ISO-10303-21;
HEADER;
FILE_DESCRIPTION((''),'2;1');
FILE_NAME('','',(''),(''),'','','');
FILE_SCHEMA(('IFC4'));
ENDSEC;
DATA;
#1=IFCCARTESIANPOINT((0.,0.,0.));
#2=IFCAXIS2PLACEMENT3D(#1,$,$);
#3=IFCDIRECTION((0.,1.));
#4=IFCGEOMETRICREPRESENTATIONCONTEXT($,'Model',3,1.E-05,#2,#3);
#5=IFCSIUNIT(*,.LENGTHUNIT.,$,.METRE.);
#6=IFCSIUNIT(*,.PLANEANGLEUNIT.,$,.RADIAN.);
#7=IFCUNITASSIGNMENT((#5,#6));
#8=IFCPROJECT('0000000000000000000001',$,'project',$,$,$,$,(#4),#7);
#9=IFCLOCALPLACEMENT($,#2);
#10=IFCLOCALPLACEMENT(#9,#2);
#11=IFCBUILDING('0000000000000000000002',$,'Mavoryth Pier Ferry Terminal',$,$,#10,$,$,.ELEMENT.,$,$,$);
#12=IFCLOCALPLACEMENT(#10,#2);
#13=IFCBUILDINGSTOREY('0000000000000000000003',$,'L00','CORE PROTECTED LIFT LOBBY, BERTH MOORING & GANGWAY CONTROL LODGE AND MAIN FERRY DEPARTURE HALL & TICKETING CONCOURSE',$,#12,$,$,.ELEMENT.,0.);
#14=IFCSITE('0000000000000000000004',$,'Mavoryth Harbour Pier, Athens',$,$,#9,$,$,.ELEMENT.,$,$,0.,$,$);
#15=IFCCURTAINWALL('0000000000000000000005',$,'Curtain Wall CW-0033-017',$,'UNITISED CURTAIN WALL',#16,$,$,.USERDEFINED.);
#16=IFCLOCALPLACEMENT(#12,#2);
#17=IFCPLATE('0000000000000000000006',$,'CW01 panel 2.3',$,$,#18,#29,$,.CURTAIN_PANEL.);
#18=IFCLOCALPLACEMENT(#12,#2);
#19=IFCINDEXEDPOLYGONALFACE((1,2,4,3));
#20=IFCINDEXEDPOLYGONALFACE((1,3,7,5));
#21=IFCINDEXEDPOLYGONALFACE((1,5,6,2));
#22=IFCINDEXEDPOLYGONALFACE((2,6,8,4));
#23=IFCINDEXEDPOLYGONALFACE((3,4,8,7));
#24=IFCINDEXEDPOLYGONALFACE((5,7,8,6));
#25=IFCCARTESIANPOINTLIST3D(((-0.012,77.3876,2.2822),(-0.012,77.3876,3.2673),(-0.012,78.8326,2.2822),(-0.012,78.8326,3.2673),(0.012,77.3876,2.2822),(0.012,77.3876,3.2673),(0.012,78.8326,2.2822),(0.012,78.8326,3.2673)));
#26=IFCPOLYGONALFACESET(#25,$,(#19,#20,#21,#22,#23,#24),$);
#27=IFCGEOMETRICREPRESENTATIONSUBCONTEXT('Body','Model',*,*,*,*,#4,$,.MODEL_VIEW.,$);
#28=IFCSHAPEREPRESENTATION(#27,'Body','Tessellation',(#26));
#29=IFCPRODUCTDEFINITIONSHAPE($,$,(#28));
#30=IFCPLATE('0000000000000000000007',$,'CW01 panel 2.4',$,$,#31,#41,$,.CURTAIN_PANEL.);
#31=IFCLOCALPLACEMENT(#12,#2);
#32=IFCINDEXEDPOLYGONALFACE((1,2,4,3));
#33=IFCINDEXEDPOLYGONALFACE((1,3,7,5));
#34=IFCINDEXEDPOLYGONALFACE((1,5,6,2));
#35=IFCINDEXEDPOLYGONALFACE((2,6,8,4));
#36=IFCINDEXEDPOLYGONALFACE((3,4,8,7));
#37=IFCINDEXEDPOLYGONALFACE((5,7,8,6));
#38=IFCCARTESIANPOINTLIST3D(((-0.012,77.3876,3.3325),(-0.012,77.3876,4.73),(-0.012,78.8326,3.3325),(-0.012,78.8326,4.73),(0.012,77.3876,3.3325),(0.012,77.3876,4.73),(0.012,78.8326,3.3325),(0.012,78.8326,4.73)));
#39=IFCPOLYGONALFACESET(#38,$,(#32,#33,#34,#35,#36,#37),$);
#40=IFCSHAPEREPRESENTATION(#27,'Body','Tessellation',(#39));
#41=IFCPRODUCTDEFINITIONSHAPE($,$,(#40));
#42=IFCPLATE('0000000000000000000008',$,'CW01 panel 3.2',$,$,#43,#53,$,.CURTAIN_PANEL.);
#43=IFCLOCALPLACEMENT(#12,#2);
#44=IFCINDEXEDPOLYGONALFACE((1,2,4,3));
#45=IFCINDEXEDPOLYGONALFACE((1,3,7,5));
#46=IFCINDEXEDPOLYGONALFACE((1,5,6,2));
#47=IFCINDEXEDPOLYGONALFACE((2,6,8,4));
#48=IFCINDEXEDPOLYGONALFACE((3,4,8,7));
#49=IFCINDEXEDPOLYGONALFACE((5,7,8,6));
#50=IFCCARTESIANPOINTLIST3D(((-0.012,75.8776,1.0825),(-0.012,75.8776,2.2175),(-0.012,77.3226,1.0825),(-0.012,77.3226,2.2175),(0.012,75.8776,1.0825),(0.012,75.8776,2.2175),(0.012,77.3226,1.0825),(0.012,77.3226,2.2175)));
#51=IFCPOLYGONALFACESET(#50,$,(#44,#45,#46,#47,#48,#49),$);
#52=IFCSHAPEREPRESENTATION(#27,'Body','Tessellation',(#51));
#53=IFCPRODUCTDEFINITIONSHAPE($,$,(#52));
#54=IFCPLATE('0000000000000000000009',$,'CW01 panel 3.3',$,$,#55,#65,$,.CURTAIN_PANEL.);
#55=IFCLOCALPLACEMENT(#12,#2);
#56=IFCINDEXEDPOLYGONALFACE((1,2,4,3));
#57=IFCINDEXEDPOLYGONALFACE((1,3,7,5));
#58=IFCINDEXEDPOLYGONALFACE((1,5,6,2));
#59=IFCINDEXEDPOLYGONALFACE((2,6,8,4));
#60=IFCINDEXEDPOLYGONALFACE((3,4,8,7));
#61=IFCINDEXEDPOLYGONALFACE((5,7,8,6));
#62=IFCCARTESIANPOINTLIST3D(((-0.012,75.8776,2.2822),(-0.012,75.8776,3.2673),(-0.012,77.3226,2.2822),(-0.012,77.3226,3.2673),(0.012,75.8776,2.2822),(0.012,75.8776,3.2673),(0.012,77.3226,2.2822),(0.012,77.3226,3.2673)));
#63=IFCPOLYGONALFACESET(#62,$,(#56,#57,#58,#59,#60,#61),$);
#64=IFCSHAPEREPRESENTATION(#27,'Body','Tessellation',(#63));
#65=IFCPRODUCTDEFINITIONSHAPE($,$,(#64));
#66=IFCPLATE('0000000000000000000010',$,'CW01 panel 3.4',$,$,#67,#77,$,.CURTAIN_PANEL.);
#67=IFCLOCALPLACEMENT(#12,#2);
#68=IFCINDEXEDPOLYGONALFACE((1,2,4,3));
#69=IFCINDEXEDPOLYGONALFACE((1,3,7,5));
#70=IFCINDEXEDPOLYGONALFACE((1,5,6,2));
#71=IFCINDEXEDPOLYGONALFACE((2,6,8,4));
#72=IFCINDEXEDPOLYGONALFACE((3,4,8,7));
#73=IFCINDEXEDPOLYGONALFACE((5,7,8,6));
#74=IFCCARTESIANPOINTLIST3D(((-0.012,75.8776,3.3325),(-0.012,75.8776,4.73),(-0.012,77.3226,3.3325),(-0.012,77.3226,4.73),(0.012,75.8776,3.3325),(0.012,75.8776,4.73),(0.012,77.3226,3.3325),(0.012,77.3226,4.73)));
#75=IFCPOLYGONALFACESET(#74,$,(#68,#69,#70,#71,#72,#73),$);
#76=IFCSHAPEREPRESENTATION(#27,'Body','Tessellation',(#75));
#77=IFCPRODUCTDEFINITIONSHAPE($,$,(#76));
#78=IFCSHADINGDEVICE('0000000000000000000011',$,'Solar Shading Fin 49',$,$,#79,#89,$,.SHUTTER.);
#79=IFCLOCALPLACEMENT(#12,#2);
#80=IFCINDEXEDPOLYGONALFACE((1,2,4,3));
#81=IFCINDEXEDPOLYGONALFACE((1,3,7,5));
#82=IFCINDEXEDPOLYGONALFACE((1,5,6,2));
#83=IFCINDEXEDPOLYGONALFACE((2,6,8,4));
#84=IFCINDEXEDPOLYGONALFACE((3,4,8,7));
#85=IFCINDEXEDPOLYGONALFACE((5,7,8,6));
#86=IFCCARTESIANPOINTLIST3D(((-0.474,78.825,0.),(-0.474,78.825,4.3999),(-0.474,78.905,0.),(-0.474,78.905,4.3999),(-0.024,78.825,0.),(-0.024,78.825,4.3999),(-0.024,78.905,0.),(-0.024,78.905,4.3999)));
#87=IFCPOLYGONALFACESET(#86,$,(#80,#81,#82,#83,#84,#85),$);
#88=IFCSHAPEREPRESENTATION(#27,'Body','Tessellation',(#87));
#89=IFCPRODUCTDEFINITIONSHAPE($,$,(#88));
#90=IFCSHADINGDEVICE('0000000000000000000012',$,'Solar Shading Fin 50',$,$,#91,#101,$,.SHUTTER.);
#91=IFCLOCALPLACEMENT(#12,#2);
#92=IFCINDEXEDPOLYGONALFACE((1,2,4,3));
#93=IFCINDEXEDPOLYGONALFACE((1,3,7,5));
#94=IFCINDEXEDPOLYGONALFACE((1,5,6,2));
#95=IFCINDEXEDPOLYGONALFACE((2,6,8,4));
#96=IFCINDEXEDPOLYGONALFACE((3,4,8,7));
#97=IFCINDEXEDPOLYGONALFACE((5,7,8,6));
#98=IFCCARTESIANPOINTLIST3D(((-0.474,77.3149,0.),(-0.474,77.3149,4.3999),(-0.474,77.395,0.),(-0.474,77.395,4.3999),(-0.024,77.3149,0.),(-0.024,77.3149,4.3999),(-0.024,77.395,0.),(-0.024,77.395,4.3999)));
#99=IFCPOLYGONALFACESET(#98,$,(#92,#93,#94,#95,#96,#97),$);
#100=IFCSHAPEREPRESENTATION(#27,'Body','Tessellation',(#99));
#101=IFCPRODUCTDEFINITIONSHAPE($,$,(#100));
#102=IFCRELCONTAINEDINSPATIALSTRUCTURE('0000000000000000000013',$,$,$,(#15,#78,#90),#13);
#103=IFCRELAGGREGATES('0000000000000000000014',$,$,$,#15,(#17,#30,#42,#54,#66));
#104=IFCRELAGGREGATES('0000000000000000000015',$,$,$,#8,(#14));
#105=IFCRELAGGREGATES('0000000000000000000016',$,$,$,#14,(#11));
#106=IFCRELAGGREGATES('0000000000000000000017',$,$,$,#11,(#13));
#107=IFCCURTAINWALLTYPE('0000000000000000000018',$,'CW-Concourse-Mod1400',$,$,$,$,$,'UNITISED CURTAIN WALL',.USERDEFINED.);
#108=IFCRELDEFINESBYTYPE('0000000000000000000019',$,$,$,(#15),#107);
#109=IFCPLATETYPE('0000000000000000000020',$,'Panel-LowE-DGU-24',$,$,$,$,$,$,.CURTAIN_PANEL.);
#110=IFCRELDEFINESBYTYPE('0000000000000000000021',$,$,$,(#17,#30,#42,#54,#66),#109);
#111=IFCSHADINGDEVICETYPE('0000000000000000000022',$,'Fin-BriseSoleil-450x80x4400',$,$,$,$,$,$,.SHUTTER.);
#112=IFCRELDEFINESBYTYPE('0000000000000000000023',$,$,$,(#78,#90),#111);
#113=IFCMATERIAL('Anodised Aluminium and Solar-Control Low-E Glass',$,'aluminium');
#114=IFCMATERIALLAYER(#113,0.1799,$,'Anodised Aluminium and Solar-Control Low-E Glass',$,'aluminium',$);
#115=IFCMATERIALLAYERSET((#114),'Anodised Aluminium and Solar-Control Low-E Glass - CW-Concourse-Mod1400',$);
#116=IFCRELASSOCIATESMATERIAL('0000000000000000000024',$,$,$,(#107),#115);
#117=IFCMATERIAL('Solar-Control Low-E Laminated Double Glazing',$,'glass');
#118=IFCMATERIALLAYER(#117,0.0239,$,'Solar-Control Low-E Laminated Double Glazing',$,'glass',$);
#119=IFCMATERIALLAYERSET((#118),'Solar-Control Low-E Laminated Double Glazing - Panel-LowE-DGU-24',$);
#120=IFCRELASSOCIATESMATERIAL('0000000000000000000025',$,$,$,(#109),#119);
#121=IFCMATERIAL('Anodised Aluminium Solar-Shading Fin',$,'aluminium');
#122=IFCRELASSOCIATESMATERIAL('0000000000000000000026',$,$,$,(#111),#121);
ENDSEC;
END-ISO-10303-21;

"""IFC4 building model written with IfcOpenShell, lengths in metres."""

from ifc_helpers import new_model, si_unit, direction, frame, origin, origin_2d, place, context, subcontext, project, spatial, rectangle, extrude, material, layer, layer_set, type_object, element, aggregate, save


model = new_model("IFC4")

# Units and contexts
model_context = context("Model", 3, precision=1e-05, world=origin(), true_north=direction((0.0, 1.0)))
body_context = subcontext(model_context, "Body", "Model", "MODEL_VIEW")
ifc_project = project(units=[si_unit("LENGTHUNIT", "METRE"), si_unit("PLANEANGLEUNIT", "RADIAN")], contexts=[model_context])

# Site, building, storey
site_placement = place(None, origin())
site = spatial("IfcSite", under=ifc_project, at=site_placement, Name="Mavoryth Harbour Pier, Athens", CompositionType="ELEMENT", RefElevation=0.0)
building_placement = place(site_placement, origin())
building = spatial("IfcBuilding", under=site, at=building_placement, Name="Mavoryth Pier Ferry Terminal", CompositionType="ELEMENT")
storey_placement = place(building_placement, origin())
storey = spatial("IfcBuildingStorey", under=building, at=storey_placement, Name="L00", Description="CORE PROTECTED LIFT LOBBY, BERTH MOORING & GANGWAY CONTROL LODGE AND MAIN FERRY DEPARTURE HALL & TICKETING CONCOURSE", CompositionType="ELEMENT", Elevation=0.0)

# Curtain wall, plates
ifc_material_1 = material(Name="Anodised Aluminium and Solar-Control Low-E Glass", Category="aluminium")
ifc_layer_1 = layer(ifc_material_1, 0.1799, Name="Anodised Aluminium and Solar-Control Low-E Glass", Category="aluminium")
ifc_layer_set_1 = layer_set([ifc_layer_1], Name="Anodised Aluminium and Solar-Control Low-E Glass - CW-Concourse-Mod1400")
curtain_wall_type = type_object("IfcCurtainWallType", Name="CW-Concourse-Mod1400", ElementType="UNITISED CURTAIN WALL", PredefinedType="USERDEFINED", material=ifc_layer_set_1)
curtain_wall_placement = place(storey_placement, origin())
curtain_wall = element("IfcCurtainWall", 1, at=curtain_wall_placement, inside=storey, type_object=curtain_wall_type, Name="Curtain Wall CW-0033-017", ObjectType="UNITISED CURTAIN WALL", PredefinedType="USERDEFINED")
ifc_material_2 = material(Name="Solar-Control Low-E Laminated Double Glazing", Category="glass")
ifc_layer_2 = layer(ifc_material_2, 0.0239, Name="Solar-Control Low-E Laminated Double Glazing", Category="glass")
ifc_layer_set_2 = layer_set([ifc_layer_2], Name="Solar-Control Low-E Laminated Double Glazing - Panel-LowE-DGU-24")
plate_type = type_object("IfcPlateType", Name="Panel-LowE-DGU-24", PredefinedType="CURTAIN_PANEL", material=ifc_layer_set_2)
plate_1_placement = place(storey_placement, frame((0.0, 78.1101, 2.2822), z_axis=(0.0, 0.0, 1.0), x_axis=(0.0, -1.0, 0.0)))
plate_1 = element("IfcPlate", 2, at=plate_1_placement, type_object=plate_type, Name="CW01 panel 2.3", PredefinedType="CURTAIN_PANEL", context=body_context, shape_type="SweptSolid", body=[
    extrude(rectangle(XDim=1.4451, YDim=0.0239, at=origin_2d()), origin(), (0.0, 0.0, 1.0), 0.9851),
])
plate_2_placement = place(storey_placement, frame((0.0, 78.1101, 3.3325), z_axis=(0.0, 0.0, 1.0), x_axis=(0.0, -1.0, 0.0)))
plate_2 = element("IfcPlate", 3, at=plate_2_placement, type_object=plate_type, Name="CW01 panel 2.4", PredefinedType="CURTAIN_PANEL", context=body_context, shape_type="SweptSolid", body=[
    extrude(rectangle(XDim=1.4451, YDim=0.0239, at=origin_2d()), origin(), (0.0, 0.0, 1.0), 1.3975),
])
plate_3_placement = place(storey_placement, frame((0.0, 76.6001, 1.0825), z_axis=(0.0, 0.0, 1.0), x_axis=(0.0, -1.0, 0.0)))
plate_3 = element("IfcPlate", 4, at=plate_3_placement, type_object=plate_type, Name="CW01 panel 3.2", PredefinedType="CURTAIN_PANEL", context=body_context, shape_type="SweptSolid", body=[
    extrude(rectangle(XDim=1.4451, YDim=0.0239, at=origin_2d()), origin(), (0.0, 0.0, 1.0), 1.135),
])
plate_4_placement = place(storey_placement, frame((0.0, 76.6001, 2.2822), z_axis=(0.0, 0.0, 1.0), x_axis=(0.0, -1.0, 0.0)))
plate_4 = element("IfcPlate", 5, at=plate_4_placement, type_object=plate_type, Name="CW01 panel 3.3", PredefinedType="CURTAIN_PANEL", context=body_context, shape_type="SweptSolid", body=[
    extrude(rectangle(XDim=1.4451, YDim=0.0239, at=origin_2d()), origin(), (0.0, 0.0, 1.0), 0.9851),
])
plate_5_placement = place(storey_placement, frame((0.0, 76.6001, 3.3325), z_axis=(0.0, 0.0, 1.0), x_axis=(0.0, -1.0, 0.0)))
plate_5 = element("IfcPlate", 6, at=plate_5_placement, type_object=plate_type, Name="CW01 panel 3.4", PredefinedType="CURTAIN_PANEL", context=body_context, shape_type="SweptSolid", body=[
    extrude(rectangle(XDim=1.4451, YDim=0.0239, at=origin_2d()), origin(), (0.0, 0.0, 1.0), 1.3975),
])
aggregate(curtain_wall, [plate_1, plate_2, plate_3, plate_4, plate_5])

# Shading devices
ifc_material_3 = material(Name="Anodised Aluminium Solar-Shading Fin", Category="aluminium")
shading_device_type = type_object("IfcShadingDeviceType", Name="Fin-BriseSoleil-450x80x4400", PredefinedType="SHUTTER", material=ifc_material_3)
for number, where, z_axis, x_axis, name in (
    (7, (-0.249, 78.865, 0.0), (0.0, 0.0, 1.0), (0.0, -1.0, 0.0), "Solar Shading Fin 49"),
    (8, (-0.249, 77.355, 0.0), (0.0, 0.0, 1.0), (0.0, -1.0, 0.0), "Solar Shading Fin 50"),
):
    element("IfcShadingDevice", number, at=place(storey_placement, frame(where, z_axis=z_axis, x_axis=x_axis)), inside=storey, type_object=shading_device_type, Name=name, PredefinedType="SHUTTER", context=body_context, shape_type="SweptSolid", body=[
        extrude(rectangle(XDim=0.0801, YDim=0.45, at=origin_2d()), origin(), (0.0, 0.0, 1.0), 4.3999),
    ])

save(model, "model.ifc")
